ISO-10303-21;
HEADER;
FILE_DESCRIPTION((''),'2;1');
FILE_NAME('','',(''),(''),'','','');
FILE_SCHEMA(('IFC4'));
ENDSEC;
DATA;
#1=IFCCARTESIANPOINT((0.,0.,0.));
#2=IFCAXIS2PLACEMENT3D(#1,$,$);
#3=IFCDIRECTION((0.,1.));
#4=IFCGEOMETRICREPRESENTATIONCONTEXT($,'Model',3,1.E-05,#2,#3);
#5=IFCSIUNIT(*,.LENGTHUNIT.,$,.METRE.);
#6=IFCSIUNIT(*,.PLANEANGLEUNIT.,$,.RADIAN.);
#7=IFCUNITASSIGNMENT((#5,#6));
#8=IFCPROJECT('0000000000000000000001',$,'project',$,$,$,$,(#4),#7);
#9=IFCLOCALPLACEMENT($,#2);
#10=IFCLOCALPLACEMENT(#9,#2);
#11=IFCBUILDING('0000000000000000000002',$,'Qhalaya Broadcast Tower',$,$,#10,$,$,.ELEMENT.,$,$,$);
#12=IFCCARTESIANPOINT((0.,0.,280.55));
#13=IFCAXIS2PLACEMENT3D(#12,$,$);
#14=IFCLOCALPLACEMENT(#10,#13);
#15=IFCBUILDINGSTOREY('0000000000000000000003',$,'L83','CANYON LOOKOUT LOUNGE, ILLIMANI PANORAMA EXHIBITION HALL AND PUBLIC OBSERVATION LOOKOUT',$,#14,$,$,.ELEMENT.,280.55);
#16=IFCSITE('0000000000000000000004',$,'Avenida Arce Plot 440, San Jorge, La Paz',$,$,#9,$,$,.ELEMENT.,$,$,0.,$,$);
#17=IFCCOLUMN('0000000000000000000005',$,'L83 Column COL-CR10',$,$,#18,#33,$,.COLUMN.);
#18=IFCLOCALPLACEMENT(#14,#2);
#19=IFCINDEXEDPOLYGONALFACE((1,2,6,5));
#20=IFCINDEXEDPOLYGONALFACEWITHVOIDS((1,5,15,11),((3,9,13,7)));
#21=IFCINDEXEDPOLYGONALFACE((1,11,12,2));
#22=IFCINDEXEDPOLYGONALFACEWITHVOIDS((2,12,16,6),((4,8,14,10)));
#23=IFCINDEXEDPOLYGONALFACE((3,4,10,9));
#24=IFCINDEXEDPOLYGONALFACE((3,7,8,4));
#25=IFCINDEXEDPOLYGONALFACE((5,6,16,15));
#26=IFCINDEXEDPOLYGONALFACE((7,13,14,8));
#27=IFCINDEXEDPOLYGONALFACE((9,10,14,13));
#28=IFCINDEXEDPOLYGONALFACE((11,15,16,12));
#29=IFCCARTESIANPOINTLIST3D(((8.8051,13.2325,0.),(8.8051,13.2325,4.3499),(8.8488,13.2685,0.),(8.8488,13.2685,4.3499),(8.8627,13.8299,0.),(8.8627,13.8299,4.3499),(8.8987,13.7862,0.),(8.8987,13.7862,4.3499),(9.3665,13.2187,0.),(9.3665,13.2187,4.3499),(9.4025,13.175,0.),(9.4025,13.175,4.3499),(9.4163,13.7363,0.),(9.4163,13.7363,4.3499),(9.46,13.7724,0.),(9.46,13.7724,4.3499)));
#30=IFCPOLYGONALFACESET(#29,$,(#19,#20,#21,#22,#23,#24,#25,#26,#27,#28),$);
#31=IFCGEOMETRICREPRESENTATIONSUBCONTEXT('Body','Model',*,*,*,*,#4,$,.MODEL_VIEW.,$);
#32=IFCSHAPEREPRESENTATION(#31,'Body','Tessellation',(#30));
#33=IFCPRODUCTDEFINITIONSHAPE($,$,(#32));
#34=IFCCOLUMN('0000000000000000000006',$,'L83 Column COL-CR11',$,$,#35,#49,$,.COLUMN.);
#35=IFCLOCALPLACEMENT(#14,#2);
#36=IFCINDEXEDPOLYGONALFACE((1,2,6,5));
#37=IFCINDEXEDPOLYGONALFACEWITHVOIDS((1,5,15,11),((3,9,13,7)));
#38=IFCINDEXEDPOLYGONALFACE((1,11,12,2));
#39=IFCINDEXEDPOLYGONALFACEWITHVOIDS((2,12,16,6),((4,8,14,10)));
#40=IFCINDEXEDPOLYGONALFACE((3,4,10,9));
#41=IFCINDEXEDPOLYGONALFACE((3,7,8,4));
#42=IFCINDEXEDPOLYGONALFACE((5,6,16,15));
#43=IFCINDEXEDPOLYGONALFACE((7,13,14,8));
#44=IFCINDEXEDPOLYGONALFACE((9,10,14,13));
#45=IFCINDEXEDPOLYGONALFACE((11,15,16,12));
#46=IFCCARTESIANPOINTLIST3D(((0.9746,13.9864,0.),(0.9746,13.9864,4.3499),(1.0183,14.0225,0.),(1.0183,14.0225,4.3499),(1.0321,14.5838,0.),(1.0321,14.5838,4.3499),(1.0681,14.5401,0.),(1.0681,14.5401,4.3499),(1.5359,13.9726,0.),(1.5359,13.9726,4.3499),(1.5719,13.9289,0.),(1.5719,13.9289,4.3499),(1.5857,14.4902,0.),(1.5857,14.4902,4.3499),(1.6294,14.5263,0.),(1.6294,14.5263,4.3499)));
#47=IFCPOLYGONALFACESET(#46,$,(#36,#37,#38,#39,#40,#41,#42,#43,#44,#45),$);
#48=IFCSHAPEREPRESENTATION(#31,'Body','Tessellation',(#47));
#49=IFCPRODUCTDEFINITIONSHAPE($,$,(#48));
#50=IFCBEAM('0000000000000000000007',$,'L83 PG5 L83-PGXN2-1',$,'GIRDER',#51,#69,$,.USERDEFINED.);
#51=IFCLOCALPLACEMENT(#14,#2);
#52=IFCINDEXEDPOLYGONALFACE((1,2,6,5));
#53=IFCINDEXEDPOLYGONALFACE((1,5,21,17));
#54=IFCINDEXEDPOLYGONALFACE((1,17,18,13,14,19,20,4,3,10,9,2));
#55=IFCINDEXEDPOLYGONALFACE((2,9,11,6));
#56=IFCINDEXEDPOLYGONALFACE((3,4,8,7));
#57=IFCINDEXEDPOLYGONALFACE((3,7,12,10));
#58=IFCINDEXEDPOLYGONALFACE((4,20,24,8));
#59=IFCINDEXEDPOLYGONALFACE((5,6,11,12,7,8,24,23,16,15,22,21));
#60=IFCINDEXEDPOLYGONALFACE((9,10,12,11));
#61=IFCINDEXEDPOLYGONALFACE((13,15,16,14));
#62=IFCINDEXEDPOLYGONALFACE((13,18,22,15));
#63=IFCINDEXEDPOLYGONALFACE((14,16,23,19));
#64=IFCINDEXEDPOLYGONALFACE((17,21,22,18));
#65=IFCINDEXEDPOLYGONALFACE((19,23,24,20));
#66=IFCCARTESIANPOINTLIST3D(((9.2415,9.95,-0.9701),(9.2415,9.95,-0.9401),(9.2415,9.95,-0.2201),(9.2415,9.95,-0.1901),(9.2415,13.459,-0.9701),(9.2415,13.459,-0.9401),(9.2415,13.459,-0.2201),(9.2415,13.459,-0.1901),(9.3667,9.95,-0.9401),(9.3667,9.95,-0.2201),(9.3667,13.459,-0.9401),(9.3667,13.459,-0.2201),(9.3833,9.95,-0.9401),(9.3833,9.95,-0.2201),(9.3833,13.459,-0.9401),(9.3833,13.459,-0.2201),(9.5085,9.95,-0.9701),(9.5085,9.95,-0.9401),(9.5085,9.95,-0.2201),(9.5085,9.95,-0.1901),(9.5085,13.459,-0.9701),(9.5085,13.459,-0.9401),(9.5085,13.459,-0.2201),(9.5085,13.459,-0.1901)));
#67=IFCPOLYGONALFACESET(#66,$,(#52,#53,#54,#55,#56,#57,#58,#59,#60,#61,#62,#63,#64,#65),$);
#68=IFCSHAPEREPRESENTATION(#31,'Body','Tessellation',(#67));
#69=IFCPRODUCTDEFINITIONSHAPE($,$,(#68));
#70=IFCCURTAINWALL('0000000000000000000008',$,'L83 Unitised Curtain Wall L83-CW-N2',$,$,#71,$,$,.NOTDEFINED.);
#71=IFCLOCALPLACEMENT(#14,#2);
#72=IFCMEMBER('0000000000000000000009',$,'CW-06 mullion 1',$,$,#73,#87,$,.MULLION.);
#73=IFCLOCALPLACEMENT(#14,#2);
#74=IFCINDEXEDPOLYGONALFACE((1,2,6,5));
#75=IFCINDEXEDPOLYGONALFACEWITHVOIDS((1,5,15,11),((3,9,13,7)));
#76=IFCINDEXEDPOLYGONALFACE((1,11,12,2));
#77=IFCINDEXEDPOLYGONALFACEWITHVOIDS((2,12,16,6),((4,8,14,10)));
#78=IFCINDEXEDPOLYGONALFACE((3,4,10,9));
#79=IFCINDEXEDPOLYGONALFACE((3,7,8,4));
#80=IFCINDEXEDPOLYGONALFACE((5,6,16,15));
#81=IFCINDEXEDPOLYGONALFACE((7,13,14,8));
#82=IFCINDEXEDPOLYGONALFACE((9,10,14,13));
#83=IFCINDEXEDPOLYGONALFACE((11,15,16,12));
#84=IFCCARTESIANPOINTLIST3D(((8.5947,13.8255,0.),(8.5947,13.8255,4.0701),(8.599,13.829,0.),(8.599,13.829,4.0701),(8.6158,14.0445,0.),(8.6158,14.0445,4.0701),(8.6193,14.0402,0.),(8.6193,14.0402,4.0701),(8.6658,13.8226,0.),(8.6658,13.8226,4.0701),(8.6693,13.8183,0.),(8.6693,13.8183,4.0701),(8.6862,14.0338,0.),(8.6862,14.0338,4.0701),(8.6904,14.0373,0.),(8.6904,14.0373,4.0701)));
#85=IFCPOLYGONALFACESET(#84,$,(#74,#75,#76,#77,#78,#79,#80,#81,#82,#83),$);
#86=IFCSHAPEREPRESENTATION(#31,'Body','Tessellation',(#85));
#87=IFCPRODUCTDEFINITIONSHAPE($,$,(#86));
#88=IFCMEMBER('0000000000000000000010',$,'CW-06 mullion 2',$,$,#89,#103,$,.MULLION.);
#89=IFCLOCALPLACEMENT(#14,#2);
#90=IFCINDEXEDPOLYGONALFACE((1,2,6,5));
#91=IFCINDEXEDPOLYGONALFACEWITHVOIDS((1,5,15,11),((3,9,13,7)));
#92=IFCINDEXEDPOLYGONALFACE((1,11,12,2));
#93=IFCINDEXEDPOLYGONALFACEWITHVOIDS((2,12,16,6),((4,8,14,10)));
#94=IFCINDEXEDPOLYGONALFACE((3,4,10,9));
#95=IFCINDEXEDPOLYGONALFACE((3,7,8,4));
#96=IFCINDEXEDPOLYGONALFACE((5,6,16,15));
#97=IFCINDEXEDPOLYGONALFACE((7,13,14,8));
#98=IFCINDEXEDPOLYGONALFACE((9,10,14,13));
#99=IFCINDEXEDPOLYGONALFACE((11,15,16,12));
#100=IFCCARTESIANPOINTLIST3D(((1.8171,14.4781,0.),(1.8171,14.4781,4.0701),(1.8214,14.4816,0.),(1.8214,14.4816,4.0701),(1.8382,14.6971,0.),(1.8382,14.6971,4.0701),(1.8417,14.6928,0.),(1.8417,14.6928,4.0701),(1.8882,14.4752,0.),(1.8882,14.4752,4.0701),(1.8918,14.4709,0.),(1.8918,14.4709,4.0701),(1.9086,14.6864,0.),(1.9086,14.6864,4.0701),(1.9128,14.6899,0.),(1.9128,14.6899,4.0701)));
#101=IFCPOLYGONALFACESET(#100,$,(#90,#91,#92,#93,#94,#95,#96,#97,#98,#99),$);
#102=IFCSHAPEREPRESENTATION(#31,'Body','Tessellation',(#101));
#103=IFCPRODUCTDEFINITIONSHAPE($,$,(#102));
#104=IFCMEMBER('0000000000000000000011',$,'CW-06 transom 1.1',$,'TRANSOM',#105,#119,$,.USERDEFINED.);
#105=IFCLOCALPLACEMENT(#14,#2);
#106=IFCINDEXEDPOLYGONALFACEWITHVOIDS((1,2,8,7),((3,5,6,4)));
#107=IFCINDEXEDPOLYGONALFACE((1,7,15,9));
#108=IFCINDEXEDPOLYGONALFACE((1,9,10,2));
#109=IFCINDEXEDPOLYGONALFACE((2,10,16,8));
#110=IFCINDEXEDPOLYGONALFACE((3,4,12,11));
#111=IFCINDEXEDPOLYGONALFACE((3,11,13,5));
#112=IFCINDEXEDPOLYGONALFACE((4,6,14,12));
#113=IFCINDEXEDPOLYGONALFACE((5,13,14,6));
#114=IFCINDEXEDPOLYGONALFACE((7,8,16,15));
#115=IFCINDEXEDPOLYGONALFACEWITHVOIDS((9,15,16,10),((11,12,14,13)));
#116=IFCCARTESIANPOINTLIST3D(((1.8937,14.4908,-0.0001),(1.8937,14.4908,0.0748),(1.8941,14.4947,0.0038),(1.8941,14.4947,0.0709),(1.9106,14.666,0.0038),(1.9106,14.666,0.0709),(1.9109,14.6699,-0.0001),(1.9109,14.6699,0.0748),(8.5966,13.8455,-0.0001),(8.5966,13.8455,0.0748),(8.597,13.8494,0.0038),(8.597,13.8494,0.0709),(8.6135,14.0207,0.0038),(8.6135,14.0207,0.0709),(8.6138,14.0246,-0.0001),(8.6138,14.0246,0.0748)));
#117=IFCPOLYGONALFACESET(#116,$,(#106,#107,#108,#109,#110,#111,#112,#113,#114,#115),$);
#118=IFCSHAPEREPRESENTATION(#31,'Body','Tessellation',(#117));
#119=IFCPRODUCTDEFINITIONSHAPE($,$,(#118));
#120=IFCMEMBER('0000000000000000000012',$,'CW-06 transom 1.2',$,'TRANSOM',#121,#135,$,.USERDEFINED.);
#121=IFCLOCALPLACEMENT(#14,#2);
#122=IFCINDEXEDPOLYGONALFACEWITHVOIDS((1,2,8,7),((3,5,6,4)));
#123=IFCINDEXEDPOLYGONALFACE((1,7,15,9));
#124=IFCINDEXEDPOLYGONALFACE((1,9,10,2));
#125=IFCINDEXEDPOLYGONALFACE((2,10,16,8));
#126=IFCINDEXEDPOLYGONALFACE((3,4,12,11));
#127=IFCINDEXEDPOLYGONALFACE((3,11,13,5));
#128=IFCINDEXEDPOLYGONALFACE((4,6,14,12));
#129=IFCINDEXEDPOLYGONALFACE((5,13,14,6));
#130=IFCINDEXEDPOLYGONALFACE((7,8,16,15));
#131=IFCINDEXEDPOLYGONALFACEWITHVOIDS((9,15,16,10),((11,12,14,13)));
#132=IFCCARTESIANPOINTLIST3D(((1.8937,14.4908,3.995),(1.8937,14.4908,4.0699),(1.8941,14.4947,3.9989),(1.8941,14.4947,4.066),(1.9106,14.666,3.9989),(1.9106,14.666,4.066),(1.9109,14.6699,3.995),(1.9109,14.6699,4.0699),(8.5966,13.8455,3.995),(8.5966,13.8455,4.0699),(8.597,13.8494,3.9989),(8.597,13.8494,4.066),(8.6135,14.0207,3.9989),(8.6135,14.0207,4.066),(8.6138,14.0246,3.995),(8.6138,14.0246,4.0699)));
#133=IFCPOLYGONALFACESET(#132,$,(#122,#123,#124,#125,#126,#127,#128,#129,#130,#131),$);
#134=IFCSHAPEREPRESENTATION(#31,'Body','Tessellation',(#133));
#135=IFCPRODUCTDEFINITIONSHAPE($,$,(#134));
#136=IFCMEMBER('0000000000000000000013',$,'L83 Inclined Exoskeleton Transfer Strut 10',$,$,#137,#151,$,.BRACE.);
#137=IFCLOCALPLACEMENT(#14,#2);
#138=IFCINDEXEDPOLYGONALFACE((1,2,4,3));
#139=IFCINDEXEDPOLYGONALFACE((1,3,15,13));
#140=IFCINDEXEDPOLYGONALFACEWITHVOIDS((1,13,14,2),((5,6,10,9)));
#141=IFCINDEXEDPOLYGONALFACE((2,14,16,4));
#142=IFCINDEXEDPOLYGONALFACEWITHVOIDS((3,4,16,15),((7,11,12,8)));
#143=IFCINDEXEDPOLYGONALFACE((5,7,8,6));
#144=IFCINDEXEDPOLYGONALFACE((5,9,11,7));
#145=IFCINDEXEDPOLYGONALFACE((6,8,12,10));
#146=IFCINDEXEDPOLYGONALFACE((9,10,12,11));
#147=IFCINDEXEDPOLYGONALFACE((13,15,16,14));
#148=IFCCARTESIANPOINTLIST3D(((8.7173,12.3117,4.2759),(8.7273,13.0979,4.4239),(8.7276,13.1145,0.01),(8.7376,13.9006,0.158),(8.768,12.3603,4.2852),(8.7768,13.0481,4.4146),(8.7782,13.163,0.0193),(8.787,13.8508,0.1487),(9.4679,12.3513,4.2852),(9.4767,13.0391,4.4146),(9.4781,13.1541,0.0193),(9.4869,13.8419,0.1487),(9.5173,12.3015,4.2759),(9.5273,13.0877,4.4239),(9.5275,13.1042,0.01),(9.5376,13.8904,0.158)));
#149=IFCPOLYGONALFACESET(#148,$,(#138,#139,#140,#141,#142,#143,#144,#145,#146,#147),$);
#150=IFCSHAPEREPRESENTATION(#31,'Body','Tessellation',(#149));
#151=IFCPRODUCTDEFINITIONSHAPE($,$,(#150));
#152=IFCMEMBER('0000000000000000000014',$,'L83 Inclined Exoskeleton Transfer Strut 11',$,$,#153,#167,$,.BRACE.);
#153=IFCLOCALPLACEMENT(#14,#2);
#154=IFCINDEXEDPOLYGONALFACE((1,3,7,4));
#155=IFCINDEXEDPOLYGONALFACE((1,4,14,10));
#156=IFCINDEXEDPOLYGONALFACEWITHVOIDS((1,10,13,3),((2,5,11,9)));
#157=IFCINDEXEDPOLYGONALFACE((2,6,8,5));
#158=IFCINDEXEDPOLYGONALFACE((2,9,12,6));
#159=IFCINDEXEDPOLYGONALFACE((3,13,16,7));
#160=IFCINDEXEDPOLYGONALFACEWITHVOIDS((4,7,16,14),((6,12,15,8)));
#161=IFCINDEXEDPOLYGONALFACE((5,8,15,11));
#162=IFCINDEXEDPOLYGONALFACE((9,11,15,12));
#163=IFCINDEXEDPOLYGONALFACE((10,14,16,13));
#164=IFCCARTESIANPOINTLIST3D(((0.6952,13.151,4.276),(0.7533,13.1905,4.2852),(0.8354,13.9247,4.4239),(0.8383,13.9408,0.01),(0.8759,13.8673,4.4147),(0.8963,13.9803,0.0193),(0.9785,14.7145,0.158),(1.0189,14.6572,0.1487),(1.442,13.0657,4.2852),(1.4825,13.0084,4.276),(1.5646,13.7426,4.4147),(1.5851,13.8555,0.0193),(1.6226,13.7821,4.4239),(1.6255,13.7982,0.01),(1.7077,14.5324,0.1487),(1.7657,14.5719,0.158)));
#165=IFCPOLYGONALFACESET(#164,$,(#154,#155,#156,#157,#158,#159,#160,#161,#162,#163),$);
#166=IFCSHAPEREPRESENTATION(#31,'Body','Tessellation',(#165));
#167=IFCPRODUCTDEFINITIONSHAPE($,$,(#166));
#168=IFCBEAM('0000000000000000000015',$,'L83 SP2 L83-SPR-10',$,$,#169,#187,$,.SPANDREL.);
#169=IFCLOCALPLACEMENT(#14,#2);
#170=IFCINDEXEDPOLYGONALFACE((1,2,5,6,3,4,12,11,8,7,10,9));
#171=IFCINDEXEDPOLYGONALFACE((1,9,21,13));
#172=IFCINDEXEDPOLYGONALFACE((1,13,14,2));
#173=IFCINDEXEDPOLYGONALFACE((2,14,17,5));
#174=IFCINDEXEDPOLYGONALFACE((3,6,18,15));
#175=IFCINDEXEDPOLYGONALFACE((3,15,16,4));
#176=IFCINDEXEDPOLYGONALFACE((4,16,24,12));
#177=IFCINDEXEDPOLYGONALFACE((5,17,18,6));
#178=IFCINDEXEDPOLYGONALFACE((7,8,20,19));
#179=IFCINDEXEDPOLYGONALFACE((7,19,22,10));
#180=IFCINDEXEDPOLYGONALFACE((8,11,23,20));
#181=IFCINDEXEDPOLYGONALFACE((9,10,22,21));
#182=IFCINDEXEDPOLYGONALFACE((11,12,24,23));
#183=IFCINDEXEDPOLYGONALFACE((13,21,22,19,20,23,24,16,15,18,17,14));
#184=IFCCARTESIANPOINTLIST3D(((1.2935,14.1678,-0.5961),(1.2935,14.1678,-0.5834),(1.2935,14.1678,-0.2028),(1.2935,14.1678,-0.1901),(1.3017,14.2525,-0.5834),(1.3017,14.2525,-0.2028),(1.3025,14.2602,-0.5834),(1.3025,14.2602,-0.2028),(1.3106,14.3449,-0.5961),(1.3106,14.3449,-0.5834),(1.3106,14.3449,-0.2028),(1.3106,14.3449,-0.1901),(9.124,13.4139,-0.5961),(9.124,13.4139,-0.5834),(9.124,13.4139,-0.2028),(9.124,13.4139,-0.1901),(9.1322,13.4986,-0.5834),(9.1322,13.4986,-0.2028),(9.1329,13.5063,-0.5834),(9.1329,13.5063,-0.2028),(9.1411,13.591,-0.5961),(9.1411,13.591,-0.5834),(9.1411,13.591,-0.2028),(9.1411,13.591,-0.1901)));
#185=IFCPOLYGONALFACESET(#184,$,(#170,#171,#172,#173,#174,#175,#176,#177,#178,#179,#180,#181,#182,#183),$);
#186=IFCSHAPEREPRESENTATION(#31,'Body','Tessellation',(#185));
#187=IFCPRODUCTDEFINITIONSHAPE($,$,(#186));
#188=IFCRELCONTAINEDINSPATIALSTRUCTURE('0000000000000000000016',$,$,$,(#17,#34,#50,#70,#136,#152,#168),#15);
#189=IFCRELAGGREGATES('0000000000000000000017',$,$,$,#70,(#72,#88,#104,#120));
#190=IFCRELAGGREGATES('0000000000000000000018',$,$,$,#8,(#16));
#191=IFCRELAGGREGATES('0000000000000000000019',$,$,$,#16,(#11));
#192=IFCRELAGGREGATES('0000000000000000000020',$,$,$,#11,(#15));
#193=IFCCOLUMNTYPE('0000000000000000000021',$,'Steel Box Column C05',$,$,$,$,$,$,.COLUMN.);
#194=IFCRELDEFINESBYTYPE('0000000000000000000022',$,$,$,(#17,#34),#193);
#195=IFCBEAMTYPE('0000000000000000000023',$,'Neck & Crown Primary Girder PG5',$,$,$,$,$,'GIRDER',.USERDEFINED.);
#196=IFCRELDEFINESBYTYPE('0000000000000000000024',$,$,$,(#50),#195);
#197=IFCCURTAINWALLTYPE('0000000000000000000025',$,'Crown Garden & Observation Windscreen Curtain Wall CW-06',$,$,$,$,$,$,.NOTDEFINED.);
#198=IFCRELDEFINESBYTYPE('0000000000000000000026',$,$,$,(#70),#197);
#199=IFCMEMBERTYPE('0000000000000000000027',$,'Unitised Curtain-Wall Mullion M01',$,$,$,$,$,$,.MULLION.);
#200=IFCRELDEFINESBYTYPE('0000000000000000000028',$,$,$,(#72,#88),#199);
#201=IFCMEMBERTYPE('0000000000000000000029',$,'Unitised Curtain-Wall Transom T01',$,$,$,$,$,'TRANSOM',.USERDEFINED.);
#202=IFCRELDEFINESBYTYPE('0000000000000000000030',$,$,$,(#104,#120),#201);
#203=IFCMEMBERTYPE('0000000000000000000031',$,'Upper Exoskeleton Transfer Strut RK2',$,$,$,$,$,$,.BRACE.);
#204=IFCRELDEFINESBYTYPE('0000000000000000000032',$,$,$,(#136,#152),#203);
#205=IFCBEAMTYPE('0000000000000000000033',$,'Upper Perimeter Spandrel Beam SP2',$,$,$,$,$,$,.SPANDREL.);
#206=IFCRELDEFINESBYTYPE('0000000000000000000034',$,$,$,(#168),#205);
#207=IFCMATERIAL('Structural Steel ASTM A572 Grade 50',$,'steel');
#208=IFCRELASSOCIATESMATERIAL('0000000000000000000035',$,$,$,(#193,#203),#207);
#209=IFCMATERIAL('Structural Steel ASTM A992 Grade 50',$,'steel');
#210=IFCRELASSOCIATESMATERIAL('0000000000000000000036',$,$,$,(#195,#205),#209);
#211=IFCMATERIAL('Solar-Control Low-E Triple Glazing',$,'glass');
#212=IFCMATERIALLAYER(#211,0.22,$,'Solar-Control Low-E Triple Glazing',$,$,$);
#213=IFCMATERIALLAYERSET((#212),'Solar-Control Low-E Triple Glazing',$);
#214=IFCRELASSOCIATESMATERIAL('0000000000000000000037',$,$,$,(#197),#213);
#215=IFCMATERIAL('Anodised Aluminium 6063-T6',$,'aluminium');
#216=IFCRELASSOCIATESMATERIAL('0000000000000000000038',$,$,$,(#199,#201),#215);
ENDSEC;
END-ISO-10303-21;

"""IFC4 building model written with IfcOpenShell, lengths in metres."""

from ifc_helpers import new_model, si_unit, direction, frame, origin, origin_2d, place, context, subcontext, project, spatial, hollow_rectangle, i_section, extrude, material, layer, layer_set, material_profile, profile_set, type_object, element, aggregate, save


model = new_model("IFC4")

# Units and contexts
model_context = context("Model", 3, precision=1e-05, world=origin(), true_north=direction((0.0, 1.0)))
body_context = subcontext(model_context, "Body", "Model", "MODEL_VIEW")
ifc_project = project(units=[si_unit("LENGTHUNIT", "METRE"), si_unit("PLANEANGLEUNIT", "RADIAN")], contexts=[model_context])

# Site, building, storey
site_placement = place(None, origin())
site = spatial("IfcSite", under=ifc_project, at=site_placement, Name="Avenida Arce Plot 440, San Jorge, La Paz", CompositionType="ELEMENT", RefElevation=0.0)
building_placement = place(site_placement, origin())
building = spatial("IfcBuilding", under=site, at=building_placement, Name="Qhalaya Broadcast Tower", CompositionType="ELEMENT")
storey_placement = place(building_placement, frame((0.0, 0.0, 280.55)))
storey = spatial("IfcBuildingStorey", under=building, at=storey_placement, Name="L83", Description="CANYON LOOKOUT LOUNGE, ILLIMANI PANORAMA EXHIBITION HALL AND PUBLIC OBSERVATION LOOKOUT", CompositionType="ELEMENT", Elevation=280.55)

# Columns
ifc_material_1 = material(Name="Structural Steel ASTM A572 Grade 50", Category="steel")
ifc_material_profile_1 = material_profile(ifc_material_1, hollow_rectangle(XDim=0.6001, YDim=0.6001, WallThickness=0.04, at=origin_2d()), Name="BOX 600x600x40")
ifc_profile_set_1 = profile_set([ifc_material_profile_1], Name="Structural Steel ASTM A572 Grade 50")
column_type = type_object("IfcColumnType", Name="Steel Box Column C05", PredefinedType="COLUMN", material=ifc_profile_set_1)
for number, where, z_axis, x_axis, name in (
    (1, (9.1326, 13.5024, 0.0), (0.0, 0.0, 1.0), (0.995396, -0.095846, 0.0), "L83 Column COL-CR10"),
    (2, (1.302, 14.2563, 0.0), (0.0, 0.0, 1.0), (0.995396, -0.095846, 0.0), "L83 Column COL-CR11"),
):
    element("IfcColumn", number, at=place(storey_placement, frame(where, z_axis=z_axis, x_axis=x_axis)), inside=storey, type_object=column_type, Name=name, PredefinedType="COLUMN", context=body_context, shape_type="SweptSolid", body=[
        extrude(hollow_rectangle(XDim=0.6001, YDim=0.6001, WallThickness=0.04, at=origin_2d()), origin(), (0.0, 0.0, 1.0), 4.3499),
    ])

# Beam
ifc_material_2 = material(Name="Structural Steel ASTM A992 Grade 50", Category="steel")
ifc_material_profile_2 = material_profile(ifc_material_2, i_section(OverallWidth=0.2671, OverallDepth=0.78, WebThickness=0.0166, FlangeThickness=0.03, at=origin_2d()), Name="W30X148")
ifc_profile_set_2 = profile_set([ifc_material_profile_2], Name="Structural Steel ASTM A992 Grade 50")
beam_type_1 = type_object("IfcBeamType", Name="Neck & Crown Primary Girder PG5", ElementType="GIRDER", PredefinedType="USERDEFINED", material=ifc_profile_set_2)
beam_1_placement = place(storey_placement, frame((9.375, 9.95, -0.5801), z_axis=(0.0, 1.0, 0.0), x_axis=(-1.0, 0.0, 0.0)))
element("IfcBeam", 3, at=beam_1_placement, inside=storey, type_object=beam_type_1, Name="L83 PG5 L83-PGXN2-1", ObjectType="GIRDER", PredefinedType="USERDEFINED", context=body_context, shape_type="SweptSolid", body=[
    extrude(i_section(OverallWidth=0.2671, OverallDepth=0.78, WebThickness=0.0166, FlangeThickness=0.03, at=origin_2d()), origin(), (0.0, 0.0, 1.0), 3.509),
])

# Curtain wall, members
ifc_material_3 = material(Name="Solar-Control Low-E Triple Glazing", Category="glass")
ifc_layer_1 = layer(ifc_material_3, 0.22, Name="Solar-Control Low-E Triple Glazing")
ifc_layer_set_1 = layer_set([ifc_layer_1], Name="Solar-Control Low-E Triple Glazing")
curtain_wall_type = type_object("IfcCurtainWallType", Name="Crown Garden & Observation Windscreen Curtain Wall CW-06", PredefinedType="NOTDEFINED", material=ifc_layer_set_1)
curtain_wall_placement = place(storey_placement, origin())
curtain_wall = element("IfcCurtainWall", 4, at=curtain_wall_placement, inside=storey, type_object=curtain_wall_type, Name="L83 Unitised Curtain Wall L83-CW-N2", PredefinedType="NOTDEFINED")
ifc_material_4 = material(Name="Anodised Aluminium 6063-T6", Category="aluminium")
ifc_material_profile_3 = material_profile(ifc_material_4, hollow_rectangle(XDim=0.075, YDim=0.22, WallThickness=0.0039, at=origin_2d()), Name="ALU-MUL 75x220x4")
ifc_profile_set_3 = profile_set([ifc_material_profile_3], Name="Anodised Aluminium 6063-T6")
member_type_1 = type_object("IfcMemberType", Name="Unitised Curtain-Wall Mullion M01", PredefinedType="MULLION", material=ifc_profile_set_3)
member_1_placement = place(storey_placement, frame((8.6426, 13.9314, 0.0), z_axis=(0.0, 0.0, 1.0), x_axis=(-0.995396, 0.095846, 0.0)))
member_1 = element("IfcMember", 5, at=member_1_placement, type_object=member_type_1, Name="CW-06 mullion 1", PredefinedType="MULLION", context=body_context, shape_type="SweptSolid", body=[
    extrude(hollow_rectangle(XDim=0.075, YDim=0.22, WallThickness=0.0039, at=origin_2d()), origin(), (0.0, 0.0, 1.0), 4.0701),
])
member_2_placement = place(storey_placement, frame((1.865, 14.584, 0.0), z_axis=(0.0, 0.0, 1.0), x_axis=(-0.995396, 0.095846, 0.0)))
member_2 = element("IfcMember", 6, at=member_2_placement, type_object=member_type_1, Name="CW-06 mullion 2", PredefinedType="MULLION", context=body_context, shape_type="SweptSolid", body=[
    extrude(hollow_rectangle(XDim=0.075, YDim=0.22, WallThickness=0.0039, at=origin_2d()), origin(), (0.0, 0.0, 1.0), 4.0701),
])
ifc_material_profile_4 = material_profile(ifc_material_4, hollow_rectangle(XDim=0.075, YDim=0.1799, WallThickness=0.0039, at=origin_2d()), Name="ALU-TRN 75x180x4")
ifc_profile_set_4 = profile_set([ifc_material_profile_4], Name="Anodised Aluminium 6063-T6")
member_type_2 = type_object("IfcMemberType", Name="Unitised Curtain-Wall Transom T01", ElementType="TRANSOM", PredefinedType="USERDEFINED", material=ifc_profile_set_4)
member_3_placement = place(storey_placement, frame((8.6052, 13.9351, 0.0374), z_axis=(-0.995398, 0.095824, 0.0), x_axis=(0.0, 0.0, 1.0)))
member_3 = element("IfcMember", 7, at=member_3_placement, type_object=member_type_2, Name="CW-06 transom 1.1", ObjectType="TRANSOM", PredefinedType="USERDEFINED", context=body_context, shape_type="SweptSolid", body=[
    extrude(hollow_rectangle(XDim=0.075, YDim=0.1799, WallThickness=0.0039, at=origin_2d()), origin(), (0.0, 0.0, 1.0), 6.7339),
])
member_4_placement = place(storey_placement, frame((8.6052, 13.9351, 4.0325), z_axis=(-0.995398, 0.095824, 0.0), x_axis=(0.0, 0.0, 1.0)))
member_4 = element("IfcMember", 8, at=member_4_placement, type_object=member_type_2, Name="CW-06 transom 1.2", ObjectType="TRANSOM", PredefinedType="USERDEFINED", context=body_context, shape_type="SweptSolid", body=[
    extrude(hollow_rectangle(XDim=0.075, YDim=0.1799, WallThickness=0.0039, at=origin_2d()), origin(), (0.0, 0.0, 1.0), 6.7339),
])

# Members
ifc_material_profile_5 = material_profile(ifc_material_1, hollow_rectangle(XDim=0.8, YDim=0.8, WallThickness=0.05, at=origin_2d()), Name="BOX 800x800x50")
ifc_profile_set_5 = profile_set([ifc_material_profile_5], Name="Structural Steel ASTM A572 Grade 50")
member_type_3 = type_object("IfcMemberType", Name="Upper Exoskeleton Transfer Strut RK2", PredefinedType="BRACE", material=ifc_profile_set_5)
for number, where, z_axis, x_axis, name in (
    (9, (9.1326, 13.5024, 0.084), (-0.002362, -0.18493, 0.982749), (0.999918, -0.012773, 0.0), "L83 Inclined Exoskeleton Transfer Strut 10"),
    (10, (1.302, 14.2563, 0.084), (-0.032959, -0.18195, 0.982755), (0.983987, -0.178243, 0.0), "L83 Inclined Exoskeleton Transfer Strut 11"),
):
    element("IfcMember", number, at=place(storey_placement, frame(where, z_axis=z_axis, x_axis=x_axis)), inside=storey, type_object=member_type_3, Name=name, PredefinedType="BRACE", context=body_context, shape_type="SweptSolid", body=[
        extrude(hollow_rectangle(XDim=0.8, YDim=0.8, WallThickness=0.05, at=origin_2d()), origin(), (0.0, 0.0, 1.0), 4.3408),
    ])

# Beam
ifc_material_profile_6 = material_profile(ifc_material_2, i_section(OverallWidth=0.178, OverallDepth=0.406, WebThickness=0.0078, FlangeThickness=0.0127, at=origin_2d()), Name="W16X40")
ifc_profile_set_6 = profile_set([ifc_material_profile_6], Name="Structural Steel ASTM A992 Grade 50")
beam_type_2 = type_object("IfcBeamType", Name="Upper Perimeter Spandrel Beam SP2", PredefinedType="SPANDREL", material=ifc_profile_set_6)
beam_2_placement = place(storey_placement, frame((9.1326, 13.5024, -0.3931), z_axis=(-0.995397, 0.095834, 0.0), x_axis=(-0.095834, -0.995397, 0.0)))
element("IfcBeam", 11, at=beam_2_placement, inside=storey, type_object=beam_type_2, Name="L83 SP2 L83-SPR-10", PredefinedType="SPANDREL", context=body_context, shape_type="SweptSolid", body=[
    extrude(i_section(OverallWidth=0.178, OverallDepth=0.406, WebThickness=0.0078, FlangeThickness=0.0127, at=origin_2d()), origin(), (0.0, 0.0, 1.0), 7.8667),
])

aggregate(curtain_wall, [member_1, member_2, member_3, member_4])

save(model, "model.ifc")
